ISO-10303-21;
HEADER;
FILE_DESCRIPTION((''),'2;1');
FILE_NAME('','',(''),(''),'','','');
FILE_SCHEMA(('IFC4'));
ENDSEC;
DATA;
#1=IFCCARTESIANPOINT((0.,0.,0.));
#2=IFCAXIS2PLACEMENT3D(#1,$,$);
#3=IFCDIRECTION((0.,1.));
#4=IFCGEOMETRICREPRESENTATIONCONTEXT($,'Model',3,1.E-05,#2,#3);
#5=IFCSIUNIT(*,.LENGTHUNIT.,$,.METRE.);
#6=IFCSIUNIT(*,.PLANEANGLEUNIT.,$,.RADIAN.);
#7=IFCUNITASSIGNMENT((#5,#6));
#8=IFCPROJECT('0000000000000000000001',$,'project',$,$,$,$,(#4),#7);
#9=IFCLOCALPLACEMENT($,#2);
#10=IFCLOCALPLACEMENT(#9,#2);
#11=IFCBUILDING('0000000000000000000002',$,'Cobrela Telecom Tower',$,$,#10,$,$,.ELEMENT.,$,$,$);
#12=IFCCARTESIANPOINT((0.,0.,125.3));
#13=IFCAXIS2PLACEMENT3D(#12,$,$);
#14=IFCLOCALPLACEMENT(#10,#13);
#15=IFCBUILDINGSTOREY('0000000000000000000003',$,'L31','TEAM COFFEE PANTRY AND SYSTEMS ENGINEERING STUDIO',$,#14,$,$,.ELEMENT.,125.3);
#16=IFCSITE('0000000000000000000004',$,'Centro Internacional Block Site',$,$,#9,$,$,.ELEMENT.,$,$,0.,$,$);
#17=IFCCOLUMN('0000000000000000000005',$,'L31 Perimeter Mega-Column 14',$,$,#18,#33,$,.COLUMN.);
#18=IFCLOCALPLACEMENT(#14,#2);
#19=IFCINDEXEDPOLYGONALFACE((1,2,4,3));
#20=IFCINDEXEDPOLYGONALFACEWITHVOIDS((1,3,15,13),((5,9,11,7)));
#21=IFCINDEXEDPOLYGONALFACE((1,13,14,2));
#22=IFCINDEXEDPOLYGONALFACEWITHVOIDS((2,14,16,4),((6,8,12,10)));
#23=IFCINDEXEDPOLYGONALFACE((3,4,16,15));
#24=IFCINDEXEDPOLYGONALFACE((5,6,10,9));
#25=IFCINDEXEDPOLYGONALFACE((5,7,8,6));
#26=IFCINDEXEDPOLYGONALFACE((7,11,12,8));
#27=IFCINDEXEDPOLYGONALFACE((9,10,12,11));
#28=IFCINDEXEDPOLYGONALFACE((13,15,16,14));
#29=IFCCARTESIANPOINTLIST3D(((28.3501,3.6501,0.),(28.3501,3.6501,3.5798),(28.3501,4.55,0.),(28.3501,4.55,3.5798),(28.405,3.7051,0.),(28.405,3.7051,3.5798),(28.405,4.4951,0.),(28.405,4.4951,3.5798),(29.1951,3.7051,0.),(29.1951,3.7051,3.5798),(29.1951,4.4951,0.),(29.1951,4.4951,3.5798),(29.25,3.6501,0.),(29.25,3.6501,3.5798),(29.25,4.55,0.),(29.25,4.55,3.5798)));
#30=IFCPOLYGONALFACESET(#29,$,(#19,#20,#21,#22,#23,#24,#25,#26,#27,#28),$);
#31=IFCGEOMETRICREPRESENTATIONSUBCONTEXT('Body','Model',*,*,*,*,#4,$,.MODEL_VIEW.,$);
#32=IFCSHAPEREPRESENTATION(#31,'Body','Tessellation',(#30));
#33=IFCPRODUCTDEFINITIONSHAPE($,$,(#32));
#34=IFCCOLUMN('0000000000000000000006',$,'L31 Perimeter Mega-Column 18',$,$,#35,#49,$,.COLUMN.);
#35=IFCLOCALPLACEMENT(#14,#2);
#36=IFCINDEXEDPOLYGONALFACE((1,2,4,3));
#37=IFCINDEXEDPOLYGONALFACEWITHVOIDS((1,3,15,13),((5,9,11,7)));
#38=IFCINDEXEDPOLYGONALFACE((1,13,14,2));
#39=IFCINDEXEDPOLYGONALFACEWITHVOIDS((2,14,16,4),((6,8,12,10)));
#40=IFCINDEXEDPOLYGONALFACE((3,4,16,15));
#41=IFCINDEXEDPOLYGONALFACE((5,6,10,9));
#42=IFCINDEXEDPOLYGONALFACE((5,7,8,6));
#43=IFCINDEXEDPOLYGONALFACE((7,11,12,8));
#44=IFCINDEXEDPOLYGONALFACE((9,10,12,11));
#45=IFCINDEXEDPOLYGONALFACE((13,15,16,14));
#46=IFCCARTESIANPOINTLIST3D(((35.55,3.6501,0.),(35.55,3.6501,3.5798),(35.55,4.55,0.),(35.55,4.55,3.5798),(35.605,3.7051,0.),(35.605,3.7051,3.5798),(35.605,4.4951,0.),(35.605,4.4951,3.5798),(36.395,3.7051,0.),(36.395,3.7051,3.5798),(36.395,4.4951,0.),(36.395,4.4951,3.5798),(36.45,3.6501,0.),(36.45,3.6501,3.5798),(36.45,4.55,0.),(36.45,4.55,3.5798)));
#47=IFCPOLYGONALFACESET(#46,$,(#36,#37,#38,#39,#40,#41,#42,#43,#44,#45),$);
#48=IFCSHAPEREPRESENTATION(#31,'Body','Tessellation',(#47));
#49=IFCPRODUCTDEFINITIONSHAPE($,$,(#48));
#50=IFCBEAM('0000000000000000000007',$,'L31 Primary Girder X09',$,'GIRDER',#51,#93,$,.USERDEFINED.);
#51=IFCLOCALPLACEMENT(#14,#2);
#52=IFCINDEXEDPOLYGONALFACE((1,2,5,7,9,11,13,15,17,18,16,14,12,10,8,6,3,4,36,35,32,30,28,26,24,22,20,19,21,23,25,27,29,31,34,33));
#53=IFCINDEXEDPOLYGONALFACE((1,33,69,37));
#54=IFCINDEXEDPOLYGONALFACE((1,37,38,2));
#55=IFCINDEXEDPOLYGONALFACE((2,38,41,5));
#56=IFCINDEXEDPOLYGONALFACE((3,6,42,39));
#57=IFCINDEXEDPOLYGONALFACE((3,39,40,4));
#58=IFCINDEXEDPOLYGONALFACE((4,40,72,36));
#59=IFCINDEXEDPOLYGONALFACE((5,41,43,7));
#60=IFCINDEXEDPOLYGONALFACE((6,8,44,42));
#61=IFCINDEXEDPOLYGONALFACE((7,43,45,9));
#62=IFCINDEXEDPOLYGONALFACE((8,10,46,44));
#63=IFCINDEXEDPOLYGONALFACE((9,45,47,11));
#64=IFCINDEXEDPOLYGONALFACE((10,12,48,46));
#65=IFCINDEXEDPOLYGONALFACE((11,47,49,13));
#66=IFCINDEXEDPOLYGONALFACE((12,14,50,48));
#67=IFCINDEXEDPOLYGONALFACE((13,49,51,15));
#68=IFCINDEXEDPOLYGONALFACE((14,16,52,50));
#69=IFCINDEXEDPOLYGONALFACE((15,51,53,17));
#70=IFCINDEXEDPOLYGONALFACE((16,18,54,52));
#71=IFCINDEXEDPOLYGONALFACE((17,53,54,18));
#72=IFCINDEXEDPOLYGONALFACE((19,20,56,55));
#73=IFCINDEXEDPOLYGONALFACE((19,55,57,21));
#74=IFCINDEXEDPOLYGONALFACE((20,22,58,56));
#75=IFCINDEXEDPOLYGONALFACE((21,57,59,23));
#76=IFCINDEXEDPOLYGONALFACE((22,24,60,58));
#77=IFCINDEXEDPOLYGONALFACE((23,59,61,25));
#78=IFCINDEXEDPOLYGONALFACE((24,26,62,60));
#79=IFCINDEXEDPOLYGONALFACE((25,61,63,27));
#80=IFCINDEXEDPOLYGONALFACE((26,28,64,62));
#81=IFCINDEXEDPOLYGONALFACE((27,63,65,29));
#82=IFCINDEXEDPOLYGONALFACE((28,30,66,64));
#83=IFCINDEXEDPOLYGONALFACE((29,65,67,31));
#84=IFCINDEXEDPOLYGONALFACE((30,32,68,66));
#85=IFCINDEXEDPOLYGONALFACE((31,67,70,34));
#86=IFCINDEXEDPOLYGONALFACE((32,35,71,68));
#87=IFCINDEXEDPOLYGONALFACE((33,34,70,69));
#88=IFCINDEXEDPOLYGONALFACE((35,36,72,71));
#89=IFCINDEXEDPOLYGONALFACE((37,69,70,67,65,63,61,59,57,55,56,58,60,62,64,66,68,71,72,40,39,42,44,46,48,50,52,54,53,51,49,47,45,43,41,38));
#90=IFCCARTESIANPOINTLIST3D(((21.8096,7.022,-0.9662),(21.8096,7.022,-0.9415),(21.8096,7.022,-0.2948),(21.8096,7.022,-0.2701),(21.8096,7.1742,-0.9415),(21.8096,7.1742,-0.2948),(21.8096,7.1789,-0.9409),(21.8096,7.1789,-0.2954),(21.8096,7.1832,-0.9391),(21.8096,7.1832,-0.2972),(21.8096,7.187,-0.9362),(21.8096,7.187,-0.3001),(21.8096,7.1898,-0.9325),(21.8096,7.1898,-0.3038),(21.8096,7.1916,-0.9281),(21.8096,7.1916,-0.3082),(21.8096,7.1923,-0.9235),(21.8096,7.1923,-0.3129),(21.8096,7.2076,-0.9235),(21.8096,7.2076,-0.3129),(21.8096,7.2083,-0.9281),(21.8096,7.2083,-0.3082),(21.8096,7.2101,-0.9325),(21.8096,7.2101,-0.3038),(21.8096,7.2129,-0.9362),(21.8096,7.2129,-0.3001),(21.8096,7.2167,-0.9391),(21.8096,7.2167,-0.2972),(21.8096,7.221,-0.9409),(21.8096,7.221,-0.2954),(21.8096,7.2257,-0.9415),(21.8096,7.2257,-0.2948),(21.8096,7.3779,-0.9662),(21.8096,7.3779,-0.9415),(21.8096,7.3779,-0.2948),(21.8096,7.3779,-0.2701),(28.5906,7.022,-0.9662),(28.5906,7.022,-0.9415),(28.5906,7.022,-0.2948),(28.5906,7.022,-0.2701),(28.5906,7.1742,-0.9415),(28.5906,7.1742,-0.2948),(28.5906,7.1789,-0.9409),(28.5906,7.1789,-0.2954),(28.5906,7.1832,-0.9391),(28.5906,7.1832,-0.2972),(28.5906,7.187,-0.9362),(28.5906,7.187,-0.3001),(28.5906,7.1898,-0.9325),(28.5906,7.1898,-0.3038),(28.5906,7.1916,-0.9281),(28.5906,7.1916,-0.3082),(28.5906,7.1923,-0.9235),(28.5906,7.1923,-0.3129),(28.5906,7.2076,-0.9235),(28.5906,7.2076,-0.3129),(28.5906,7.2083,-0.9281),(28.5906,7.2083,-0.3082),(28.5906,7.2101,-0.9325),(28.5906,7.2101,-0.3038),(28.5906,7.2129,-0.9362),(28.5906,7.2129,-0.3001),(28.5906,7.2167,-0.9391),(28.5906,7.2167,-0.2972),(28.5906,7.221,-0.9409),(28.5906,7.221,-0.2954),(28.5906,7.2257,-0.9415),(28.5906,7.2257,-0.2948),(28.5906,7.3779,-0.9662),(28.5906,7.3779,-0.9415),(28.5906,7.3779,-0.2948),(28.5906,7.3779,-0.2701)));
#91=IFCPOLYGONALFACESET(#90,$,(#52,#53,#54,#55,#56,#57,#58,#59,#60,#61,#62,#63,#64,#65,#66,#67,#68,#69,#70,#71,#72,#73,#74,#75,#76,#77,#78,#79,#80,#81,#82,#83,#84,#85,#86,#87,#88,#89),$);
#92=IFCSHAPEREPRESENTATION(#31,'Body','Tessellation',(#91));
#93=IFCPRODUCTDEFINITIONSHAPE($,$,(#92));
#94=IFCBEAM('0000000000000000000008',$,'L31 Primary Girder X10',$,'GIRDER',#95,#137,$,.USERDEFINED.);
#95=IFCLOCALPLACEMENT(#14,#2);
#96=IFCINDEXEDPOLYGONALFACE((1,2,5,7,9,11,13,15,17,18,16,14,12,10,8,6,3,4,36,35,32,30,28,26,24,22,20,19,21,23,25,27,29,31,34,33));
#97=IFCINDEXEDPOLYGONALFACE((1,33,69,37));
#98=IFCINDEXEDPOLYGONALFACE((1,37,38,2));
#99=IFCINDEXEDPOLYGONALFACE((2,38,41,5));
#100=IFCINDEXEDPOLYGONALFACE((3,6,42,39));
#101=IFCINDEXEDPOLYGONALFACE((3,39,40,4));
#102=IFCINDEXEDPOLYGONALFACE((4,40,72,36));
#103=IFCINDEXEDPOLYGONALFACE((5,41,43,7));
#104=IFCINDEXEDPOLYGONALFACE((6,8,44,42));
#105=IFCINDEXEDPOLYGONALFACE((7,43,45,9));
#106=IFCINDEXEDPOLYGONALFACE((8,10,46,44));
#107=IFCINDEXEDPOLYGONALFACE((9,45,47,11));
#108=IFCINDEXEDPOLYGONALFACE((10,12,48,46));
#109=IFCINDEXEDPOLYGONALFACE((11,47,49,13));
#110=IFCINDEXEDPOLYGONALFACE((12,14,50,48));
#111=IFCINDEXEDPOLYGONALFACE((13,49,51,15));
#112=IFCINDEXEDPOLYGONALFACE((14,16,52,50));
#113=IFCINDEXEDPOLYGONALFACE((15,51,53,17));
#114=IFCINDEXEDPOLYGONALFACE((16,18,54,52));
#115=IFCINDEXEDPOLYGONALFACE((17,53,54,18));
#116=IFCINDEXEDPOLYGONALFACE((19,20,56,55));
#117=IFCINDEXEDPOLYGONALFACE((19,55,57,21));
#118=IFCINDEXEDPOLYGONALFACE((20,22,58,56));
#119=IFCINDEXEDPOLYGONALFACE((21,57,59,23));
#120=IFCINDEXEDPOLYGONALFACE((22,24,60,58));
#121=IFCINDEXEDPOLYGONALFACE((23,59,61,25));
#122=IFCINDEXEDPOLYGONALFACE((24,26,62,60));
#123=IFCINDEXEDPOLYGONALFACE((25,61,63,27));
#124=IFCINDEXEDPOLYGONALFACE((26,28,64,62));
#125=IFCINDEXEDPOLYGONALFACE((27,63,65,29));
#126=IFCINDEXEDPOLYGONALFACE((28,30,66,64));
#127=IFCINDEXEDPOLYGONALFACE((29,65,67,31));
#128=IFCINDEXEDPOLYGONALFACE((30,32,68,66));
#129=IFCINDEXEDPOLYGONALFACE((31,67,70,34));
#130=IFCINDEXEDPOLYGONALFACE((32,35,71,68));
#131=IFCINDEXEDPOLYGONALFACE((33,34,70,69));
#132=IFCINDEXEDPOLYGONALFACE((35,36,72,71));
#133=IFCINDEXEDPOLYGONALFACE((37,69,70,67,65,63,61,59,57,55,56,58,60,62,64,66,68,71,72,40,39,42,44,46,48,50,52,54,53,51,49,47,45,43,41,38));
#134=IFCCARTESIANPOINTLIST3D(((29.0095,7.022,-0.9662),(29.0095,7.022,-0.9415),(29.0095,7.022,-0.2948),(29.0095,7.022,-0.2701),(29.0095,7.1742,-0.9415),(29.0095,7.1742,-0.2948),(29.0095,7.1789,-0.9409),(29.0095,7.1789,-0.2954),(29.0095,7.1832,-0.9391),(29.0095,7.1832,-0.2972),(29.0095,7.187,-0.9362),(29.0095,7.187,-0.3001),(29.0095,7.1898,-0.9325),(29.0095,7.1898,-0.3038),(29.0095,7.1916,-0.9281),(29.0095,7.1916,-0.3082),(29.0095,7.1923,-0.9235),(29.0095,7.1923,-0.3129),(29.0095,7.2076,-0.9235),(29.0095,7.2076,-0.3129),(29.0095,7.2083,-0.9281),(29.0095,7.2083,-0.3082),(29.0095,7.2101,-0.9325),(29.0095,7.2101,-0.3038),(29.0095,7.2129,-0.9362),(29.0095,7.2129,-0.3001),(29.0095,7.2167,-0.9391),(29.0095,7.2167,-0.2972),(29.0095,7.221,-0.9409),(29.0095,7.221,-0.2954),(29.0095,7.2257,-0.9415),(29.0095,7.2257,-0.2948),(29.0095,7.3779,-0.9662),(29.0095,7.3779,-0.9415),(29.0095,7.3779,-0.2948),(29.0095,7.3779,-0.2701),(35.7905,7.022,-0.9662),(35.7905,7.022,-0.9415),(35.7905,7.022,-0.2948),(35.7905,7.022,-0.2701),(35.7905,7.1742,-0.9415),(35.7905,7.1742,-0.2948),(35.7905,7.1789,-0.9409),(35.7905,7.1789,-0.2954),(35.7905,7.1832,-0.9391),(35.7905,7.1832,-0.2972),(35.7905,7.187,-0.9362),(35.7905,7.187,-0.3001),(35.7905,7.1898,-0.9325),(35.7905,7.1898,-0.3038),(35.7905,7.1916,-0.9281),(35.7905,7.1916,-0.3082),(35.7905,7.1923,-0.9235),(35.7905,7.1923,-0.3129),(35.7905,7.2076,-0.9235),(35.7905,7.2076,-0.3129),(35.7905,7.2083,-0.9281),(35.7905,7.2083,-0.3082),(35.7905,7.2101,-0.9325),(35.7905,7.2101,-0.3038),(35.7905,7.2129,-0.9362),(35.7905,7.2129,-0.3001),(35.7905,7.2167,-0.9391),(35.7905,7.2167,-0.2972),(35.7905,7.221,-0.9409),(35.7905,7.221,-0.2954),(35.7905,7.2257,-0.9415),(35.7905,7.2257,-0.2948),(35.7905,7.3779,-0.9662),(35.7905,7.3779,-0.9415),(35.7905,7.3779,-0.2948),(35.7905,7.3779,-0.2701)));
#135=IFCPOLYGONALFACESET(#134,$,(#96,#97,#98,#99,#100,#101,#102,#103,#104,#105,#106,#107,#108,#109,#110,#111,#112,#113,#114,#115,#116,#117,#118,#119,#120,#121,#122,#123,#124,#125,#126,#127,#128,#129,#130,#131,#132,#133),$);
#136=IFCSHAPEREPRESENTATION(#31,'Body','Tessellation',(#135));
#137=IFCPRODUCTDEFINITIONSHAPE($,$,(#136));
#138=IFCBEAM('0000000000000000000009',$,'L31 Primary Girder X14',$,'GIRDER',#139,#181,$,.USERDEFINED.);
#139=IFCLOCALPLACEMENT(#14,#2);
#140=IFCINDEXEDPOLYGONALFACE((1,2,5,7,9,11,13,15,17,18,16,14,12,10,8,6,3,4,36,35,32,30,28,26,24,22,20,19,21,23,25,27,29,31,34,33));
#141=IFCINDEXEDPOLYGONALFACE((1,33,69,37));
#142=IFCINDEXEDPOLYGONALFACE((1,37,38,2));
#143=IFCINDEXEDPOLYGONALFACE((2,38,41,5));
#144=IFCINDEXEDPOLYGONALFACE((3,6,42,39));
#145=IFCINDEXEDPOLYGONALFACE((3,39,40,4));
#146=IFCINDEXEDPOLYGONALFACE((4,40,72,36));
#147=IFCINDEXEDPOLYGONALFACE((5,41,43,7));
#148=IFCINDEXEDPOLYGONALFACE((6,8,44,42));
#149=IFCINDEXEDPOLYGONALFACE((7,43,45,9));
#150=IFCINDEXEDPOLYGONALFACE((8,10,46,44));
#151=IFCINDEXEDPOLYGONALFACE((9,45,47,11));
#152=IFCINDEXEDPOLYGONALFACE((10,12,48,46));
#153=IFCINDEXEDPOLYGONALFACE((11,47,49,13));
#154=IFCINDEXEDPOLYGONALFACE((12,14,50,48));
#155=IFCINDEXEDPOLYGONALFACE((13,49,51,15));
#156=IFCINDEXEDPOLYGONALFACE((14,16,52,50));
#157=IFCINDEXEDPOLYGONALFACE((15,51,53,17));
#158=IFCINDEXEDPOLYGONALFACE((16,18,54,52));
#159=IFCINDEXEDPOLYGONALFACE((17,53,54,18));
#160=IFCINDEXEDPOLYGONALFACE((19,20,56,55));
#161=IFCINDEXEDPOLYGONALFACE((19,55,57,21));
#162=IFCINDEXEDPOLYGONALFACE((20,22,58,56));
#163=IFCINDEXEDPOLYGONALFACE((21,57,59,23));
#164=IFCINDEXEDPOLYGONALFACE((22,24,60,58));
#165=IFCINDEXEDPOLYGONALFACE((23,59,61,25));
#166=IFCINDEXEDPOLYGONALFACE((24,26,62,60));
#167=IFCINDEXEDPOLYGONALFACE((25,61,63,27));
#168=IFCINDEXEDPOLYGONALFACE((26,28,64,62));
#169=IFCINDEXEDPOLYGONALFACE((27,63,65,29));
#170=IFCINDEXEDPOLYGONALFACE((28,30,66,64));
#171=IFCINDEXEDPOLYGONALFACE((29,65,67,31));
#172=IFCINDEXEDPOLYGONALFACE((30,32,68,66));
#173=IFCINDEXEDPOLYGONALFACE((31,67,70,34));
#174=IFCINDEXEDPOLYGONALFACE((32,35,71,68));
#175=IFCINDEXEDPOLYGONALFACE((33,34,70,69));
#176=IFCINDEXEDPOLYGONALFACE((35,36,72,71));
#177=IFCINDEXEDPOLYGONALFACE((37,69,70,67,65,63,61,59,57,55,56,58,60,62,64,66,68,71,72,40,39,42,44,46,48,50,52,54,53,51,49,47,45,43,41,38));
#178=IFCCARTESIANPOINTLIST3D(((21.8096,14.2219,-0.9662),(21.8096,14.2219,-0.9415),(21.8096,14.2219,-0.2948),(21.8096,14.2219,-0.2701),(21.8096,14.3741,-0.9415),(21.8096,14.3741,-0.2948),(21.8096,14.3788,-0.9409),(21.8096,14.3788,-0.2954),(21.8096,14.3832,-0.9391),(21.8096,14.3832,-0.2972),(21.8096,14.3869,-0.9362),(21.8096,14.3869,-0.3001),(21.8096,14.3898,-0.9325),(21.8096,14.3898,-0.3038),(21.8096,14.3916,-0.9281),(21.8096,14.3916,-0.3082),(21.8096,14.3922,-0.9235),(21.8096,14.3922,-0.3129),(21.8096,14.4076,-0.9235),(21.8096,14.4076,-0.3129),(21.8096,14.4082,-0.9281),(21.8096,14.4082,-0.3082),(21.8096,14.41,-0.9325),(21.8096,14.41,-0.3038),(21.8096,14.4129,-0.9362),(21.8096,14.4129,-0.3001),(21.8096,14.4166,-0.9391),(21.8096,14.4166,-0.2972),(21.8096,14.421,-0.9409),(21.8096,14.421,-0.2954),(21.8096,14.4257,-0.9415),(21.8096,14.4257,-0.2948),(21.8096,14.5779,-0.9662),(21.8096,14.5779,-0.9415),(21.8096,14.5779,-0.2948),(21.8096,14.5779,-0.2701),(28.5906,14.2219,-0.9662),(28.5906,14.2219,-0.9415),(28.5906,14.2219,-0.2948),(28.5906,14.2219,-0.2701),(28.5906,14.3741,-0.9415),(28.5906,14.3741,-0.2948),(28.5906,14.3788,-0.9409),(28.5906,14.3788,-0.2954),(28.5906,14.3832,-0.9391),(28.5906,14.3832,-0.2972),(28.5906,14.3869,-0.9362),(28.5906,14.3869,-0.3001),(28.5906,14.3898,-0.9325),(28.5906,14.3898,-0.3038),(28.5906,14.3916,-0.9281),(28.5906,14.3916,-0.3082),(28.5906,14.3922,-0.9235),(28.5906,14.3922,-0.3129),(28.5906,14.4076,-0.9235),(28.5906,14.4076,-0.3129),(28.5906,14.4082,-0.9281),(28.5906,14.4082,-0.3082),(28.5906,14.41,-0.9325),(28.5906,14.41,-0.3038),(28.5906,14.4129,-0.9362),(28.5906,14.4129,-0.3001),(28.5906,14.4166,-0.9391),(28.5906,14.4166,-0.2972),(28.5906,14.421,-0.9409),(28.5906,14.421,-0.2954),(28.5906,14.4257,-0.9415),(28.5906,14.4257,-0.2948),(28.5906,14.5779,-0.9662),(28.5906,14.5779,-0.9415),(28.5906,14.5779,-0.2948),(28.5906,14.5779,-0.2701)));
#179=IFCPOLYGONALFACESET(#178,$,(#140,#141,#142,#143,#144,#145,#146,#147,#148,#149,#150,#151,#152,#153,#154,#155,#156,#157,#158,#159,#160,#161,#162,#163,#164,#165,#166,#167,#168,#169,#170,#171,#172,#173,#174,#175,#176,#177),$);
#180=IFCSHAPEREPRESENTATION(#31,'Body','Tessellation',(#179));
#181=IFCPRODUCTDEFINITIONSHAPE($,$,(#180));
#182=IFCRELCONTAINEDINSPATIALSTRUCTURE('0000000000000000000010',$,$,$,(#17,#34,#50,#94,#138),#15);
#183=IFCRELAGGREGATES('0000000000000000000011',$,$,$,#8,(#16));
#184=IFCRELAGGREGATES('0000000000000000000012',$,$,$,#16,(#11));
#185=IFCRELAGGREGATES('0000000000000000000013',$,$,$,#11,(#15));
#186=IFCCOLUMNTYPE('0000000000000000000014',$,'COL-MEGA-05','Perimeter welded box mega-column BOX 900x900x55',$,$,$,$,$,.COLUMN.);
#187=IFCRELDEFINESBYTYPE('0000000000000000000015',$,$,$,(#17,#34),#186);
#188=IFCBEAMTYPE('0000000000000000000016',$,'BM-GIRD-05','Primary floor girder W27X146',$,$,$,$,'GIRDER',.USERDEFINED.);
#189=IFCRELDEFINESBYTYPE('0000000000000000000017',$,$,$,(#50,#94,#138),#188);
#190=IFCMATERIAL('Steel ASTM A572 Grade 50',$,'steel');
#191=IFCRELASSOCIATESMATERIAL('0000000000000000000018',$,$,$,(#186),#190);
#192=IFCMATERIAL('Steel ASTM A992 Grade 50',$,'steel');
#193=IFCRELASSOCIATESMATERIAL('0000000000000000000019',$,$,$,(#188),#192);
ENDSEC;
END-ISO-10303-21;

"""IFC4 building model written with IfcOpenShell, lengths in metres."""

from ifc_helpers import new_model, si_unit, direction, frame, origin, origin_2d, place, context, subcontext, project, spatial, hollow_rectangle, i_section, extrude, material, material_profile, profile_set, type_object, element, save


model = new_model("IFC4")

# Units and contexts
model_context = context("Model", 3, precision=1e-05, world=origin(), true_north=direction((0.0, 1.0)))
body_context = subcontext(model_context, "Body", "Model", "MODEL_VIEW")
ifc_project = project(units=[si_unit("LENGTHUNIT", "METRE"), si_unit("PLANEANGLEUNIT", "RADIAN")], contexts=[model_context])

# Site, building, storey
site_placement = place(None, origin())
site = spatial("IfcSite", under=ifc_project, at=site_placement, Name="Centro Internacional Block Site", CompositionType="ELEMENT", RefElevation=0.0)
building_placement = place(site_placement, origin())
building = spatial("IfcBuilding", under=site, at=building_placement, Name="Cobrela Telecom Tower", CompositionType="ELEMENT")
storey_placement = place(building_placement, frame((0.0, 0.0, 125.3)))
storey = spatial("IfcBuildingStorey", under=building, at=storey_placement, Name="L31", Description="TEAM COFFEE PANTRY AND SYSTEMS ENGINEERING STUDIO", CompositionType="ELEMENT", Elevation=125.3)

# Columns
ifc_material_1 = material(Name="Steel ASTM A992 Grade 50", Category="steel")
ifc_material_2 = material(Name="Steel ASTM A572 Grade 50", Category="steel")
ifc_material_profile_1 = material_profile(ifc_material_2, hollow_rectangle(XDim=0.8999, YDim=0.8999, WallThickness=0.0549, at=origin_2d()), Name="BOX 900x900x55")
ifc_profile_set_1 = profile_set([ifc_material_profile_1], Name="Steel ASTM A572 Grade 50")
column_type_1 = type_object("IfcColumnType", Name="COL-MEGA-05", Description="Perimeter welded box mega-column BOX 900x900x55", PredefinedType="COLUMN", material=ifc_profile_set_1)
for number, where, z_axis, x_axis, name in (
    (1, (28.8, 4.1001, 0.0), (0.0, 0.0, 1.0), (1.0, 0.0, 0.0), "L31 Perimeter Mega-Column 14"),
    (2, (36.0, 4.1001, 0.0), (0.0, 0.0, 1.0), (1.0, 0.0, 0.0), "L31 Perimeter Mega-Column 18"),
):
    element("IfcColumn", number, at=place(storey_placement, frame(where, z_axis=z_axis, x_axis=x_axis)), inside=storey, type_object=column_type_1, Name=name, PredefinedType="COLUMN", context=body_context, shape_type="SweptSolid", body=[
        extrude(hollow_rectangle(XDim=0.8999, YDim=0.8999, WallThickness=0.0549, at=origin_2d()), origin(), (0.0, 0.0, 1.0), 3.5798),
    ])

# Beams
ifc_material_profile_2 = material_profile(ifc_material_1, i_section(OverallWidth=0.356, OverallDepth=0.696, WebThickness=0.0154, FlangeThickness=0.0247, FilletRadius=0.0181, at=origin_2d()), Name="W27X146")
ifc_profile_set_2 = profile_set([ifc_material_profile_2], Name="Steel ASTM A992 Grade 50")
beam_type_1 = type_object("IfcBeamType", Name="BM-GIRD-05", Description="Primary floor girder W27X146", ElementType="GIRDER", PredefinedType="USERDEFINED", material=ifc_profile_set_2)
for number, where, z_axis, x_axis, name in (
    (3, (21.8096, 7.2, -0.6182), (1.0, 0.0, 0.0), (0.0, 1.0, 0.0), "L31 Primary Girder X09"),
    (4, (29.0095, 7.2, -0.6182), (1.0, 0.0, 0.0), (0.0, 1.0, 0.0), "L31 Primary Girder X10"),
    (5, (21.8096, 14.3999, -0.6182), (1.0, 0.0, 0.0), (0.0, 1.0, 0.0), "L31 Primary Girder X14"),
):
    element("IfcBeam", number, at=place(storey_placement, frame(where, z_axis=z_axis, x_axis=x_axis)), inside=storey, type_object=beam_type_1, Name=name, ObjectType="GIRDER", PredefinedType="USERDEFINED", context=body_context, shape_type="SweptSolid", body=[
        extrude(i_section(OverallWidth=0.356, OverallDepth=0.696, WebThickness=0.0154, FlangeThickness=0.0247, FilletRadius=0.0181, at=origin_2d()), origin(), (0.0, 0.0, 1.0), 6.781),
    ])

save(model, "model.ifc")
